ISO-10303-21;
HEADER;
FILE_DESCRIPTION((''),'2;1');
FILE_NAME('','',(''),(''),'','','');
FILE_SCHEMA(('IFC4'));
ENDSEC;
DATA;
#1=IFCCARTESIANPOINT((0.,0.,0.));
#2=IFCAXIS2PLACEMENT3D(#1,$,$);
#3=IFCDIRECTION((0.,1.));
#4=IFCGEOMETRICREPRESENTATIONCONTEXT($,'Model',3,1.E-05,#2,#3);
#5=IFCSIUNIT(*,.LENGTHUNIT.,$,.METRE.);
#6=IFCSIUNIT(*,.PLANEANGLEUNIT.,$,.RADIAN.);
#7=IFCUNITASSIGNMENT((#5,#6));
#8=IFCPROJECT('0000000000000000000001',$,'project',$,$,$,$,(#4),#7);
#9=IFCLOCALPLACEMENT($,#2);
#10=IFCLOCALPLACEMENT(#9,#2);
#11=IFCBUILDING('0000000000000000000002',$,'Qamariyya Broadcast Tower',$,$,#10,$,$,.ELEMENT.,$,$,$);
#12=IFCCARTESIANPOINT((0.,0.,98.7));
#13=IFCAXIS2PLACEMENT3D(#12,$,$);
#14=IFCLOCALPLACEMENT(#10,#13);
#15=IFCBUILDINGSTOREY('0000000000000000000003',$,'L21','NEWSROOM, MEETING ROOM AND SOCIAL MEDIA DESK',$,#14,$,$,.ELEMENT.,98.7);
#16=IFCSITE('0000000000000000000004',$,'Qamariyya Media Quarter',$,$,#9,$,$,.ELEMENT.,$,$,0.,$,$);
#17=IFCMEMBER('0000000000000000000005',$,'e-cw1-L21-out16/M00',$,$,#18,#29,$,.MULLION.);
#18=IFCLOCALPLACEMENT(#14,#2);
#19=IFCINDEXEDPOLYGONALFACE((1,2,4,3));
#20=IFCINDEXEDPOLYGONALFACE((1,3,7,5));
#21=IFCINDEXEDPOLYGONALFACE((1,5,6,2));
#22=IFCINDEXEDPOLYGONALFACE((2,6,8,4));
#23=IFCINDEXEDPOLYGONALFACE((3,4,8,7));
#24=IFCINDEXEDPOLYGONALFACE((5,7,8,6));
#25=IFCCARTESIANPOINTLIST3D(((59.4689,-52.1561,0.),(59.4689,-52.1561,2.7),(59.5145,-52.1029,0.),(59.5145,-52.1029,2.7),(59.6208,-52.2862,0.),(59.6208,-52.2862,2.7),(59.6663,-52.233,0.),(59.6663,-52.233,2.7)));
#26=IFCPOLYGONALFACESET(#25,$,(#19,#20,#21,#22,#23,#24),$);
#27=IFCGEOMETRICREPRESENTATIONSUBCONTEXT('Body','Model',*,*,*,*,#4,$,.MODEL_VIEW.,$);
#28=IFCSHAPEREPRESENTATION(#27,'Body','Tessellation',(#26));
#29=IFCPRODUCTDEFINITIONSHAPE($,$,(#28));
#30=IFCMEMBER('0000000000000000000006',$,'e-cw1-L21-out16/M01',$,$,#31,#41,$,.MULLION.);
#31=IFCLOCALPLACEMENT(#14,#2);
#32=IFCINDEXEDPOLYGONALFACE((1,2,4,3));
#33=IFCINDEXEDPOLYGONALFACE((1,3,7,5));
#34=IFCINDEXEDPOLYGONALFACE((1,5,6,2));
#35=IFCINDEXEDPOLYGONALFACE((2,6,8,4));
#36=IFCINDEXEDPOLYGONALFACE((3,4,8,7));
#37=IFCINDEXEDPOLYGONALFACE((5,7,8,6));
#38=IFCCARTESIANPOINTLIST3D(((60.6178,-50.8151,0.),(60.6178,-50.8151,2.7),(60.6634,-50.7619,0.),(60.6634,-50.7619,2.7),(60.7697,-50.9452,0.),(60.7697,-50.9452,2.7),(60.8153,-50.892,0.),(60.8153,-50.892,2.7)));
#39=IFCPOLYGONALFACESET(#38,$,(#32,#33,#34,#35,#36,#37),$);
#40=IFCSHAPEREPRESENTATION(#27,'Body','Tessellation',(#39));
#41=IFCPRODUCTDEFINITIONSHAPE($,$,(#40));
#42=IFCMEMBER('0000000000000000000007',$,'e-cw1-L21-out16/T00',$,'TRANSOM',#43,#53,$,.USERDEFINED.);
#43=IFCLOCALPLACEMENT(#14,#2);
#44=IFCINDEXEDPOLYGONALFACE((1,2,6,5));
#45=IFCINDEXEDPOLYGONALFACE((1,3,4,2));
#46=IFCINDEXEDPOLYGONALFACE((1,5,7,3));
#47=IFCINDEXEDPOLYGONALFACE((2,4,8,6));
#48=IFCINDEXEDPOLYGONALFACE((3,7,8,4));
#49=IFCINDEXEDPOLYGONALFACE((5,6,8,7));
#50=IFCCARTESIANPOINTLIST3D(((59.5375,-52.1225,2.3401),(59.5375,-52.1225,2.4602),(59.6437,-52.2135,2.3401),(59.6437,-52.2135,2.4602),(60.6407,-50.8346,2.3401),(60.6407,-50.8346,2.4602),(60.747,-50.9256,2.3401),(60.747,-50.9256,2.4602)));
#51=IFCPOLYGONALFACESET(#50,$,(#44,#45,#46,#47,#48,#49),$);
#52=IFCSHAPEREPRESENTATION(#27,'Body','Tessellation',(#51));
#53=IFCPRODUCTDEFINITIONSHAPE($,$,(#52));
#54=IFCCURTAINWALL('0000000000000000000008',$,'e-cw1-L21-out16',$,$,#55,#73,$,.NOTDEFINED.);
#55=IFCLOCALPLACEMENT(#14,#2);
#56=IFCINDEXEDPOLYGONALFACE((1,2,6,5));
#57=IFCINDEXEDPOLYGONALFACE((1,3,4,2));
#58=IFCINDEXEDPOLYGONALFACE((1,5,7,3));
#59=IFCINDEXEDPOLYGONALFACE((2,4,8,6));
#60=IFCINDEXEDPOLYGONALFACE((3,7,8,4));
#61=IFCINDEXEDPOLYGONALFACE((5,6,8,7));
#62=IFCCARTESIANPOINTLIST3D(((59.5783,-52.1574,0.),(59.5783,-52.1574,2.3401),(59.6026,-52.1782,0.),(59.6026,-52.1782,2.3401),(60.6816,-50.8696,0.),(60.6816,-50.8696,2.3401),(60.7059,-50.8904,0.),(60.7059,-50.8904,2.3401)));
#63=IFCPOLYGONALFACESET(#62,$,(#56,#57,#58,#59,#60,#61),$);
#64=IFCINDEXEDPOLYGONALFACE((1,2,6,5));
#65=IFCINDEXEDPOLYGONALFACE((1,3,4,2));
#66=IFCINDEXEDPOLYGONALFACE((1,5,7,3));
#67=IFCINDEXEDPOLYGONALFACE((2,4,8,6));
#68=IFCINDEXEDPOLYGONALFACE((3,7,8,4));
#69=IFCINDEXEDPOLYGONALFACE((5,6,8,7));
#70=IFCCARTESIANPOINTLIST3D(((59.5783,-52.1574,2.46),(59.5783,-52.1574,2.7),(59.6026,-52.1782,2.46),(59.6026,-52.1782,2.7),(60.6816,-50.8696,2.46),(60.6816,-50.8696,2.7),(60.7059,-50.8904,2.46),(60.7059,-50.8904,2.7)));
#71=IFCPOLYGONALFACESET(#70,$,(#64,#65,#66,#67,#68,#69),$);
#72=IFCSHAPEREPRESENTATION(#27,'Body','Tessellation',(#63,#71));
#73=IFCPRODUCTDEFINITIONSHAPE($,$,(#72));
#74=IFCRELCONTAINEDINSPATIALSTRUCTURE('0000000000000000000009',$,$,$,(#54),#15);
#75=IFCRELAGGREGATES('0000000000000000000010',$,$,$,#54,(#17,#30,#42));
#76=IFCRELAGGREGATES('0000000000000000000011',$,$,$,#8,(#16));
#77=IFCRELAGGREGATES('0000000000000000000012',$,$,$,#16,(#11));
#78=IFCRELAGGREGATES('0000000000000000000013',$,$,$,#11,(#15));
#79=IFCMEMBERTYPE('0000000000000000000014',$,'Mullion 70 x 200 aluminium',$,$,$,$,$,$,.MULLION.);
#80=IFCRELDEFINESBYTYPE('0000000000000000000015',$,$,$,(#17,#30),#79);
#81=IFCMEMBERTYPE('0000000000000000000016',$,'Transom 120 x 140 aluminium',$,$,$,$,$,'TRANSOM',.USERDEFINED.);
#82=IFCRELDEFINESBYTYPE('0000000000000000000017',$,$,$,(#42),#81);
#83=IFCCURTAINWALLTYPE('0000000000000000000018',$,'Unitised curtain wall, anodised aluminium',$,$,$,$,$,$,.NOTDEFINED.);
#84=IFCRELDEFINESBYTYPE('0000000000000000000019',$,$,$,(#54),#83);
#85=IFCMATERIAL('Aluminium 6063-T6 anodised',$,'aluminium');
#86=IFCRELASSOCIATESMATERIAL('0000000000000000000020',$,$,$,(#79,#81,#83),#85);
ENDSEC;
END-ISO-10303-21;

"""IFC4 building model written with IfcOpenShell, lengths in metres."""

from ifc_helpers import new_model, si_unit, direction, frame, origin, origin_2d, place, context, subcontext, project, spatial, rectangle, extrude, material, material_profile, profile_set, type_object, element, aggregate, save


model = new_model("IFC4")

# Units and contexts
model_context = context("Model", 3, precision=1e-05, world=origin(), true_north=direction((0.0, 1.0)))
body_context = subcontext(model_context, "Body", "Model", "MODEL_VIEW")
ifc_project = project(units=[si_unit("LENGTHUNIT", "METRE"), si_unit("PLANEANGLEUNIT", "RADIAN")], contexts=[model_context])

# Members
ifc_material = material(Name="Aluminium 6063-T6 anodised", Category="aluminium")
ifc_material_profile_1 = material_profile(ifc_material, rectangle(XDim=0.2, YDim=0.0701, at=origin_2d()))
ifc_profile_set_1 = profile_set([ifc_material_profile_1], Name="Aluminium 6063-T6 anodised")
member_type_1 = type_object("IfcMemberType", Name="Mullion 70 x 200 aluminium", PredefinedType="MULLION", material=ifc_profile_set_1)
site_placement = place(None, origin())
building_placement = place(site_placement, origin())
storey_placement = place(building_placement, frame((0.0, 0.0, 98.7)))
member_1_placement = place(storey_placement, frame((59.5676, -52.1946, 0.0), z_axis=(0.0, 0.0, 1.0), x_axis=(-0.759421, 0.650599, 0.0)))
member_1 = element("IfcMember", 1, at=member_1_placement, type_object=member_type_1, Name="e-cw1-L21-out16/M00", PredefinedType="MULLION", context=body_context, shape_type="SweptSolid", body=[
    extrude(rectangle(XDim=0.2, YDim=0.0701, at=origin_2d()), origin(), (0.0, 0.0, 1.0), 2.7),
])
member_2_placement = place(storey_placement, frame((60.7166, -50.8535, 0.0), z_axis=(0.0, 0.0, 1.0), x_axis=(-0.759421, 0.650599, 0.0)))
member_2 = element("IfcMember", 2, at=member_2_placement, type_object=member_type_1, Name="e-cw1-L21-out16/M01", PredefinedType="MULLION", context=body_context, shape_type="SweptSolid", body=[
    extrude(rectangle(XDim=0.2, YDim=0.0701, at=origin_2d()), origin(), (0.0, 0.0, 1.0), 2.7),
])
ifc_material_profile_2 = material_profile(ifc_material, rectangle(XDim=0.1399, YDim=0.1201, at=origin_2d()))
ifc_profile_set_2 = profile_set([ifc_material_profile_2], Name="Aluminium 6063-T6 anodised")
member_type_2 = type_object("IfcMemberType", Name="Transom 120 x 140 aluminium", ElementType="TRANSOM", PredefinedType="USERDEFINED", material=ifc_profile_set_2)
member_3_placement = place(storey_placement, frame((59.5906, -52.168, 2.4001), z_axis=(0.65059, 0.759429, 0.0), x_axis=(-0.759429, 0.65059, 0.0)))
member_3 = element("IfcMember", 3, at=member_3_placement, type_object=member_type_2, Name="e-cw1-L21-out16/T00", ObjectType="TRANSOM", PredefinedType="USERDEFINED", context=body_context, shape_type="SweptSolid", body=[
    extrude(rectangle(XDim=0.1399, YDim=0.1201, at=origin_2d()), origin(), (0.0, 0.0, 1.0), 1.6958),
])

# Site, building, storey
site = spatial("IfcSite", under=ifc_project, at=site_placement, Name="Qamariyya Media Quarter", CompositionType="ELEMENT", RefElevation=0.0)
building = spatial("IfcBuilding", under=site, at=building_placement, Name="Qamariyya Broadcast Tower", CompositionType="ELEMENT")
storey = spatial("IfcBuildingStorey", under=building, at=storey_placement, Name="L21", Description="NEWSROOM, MEETING ROOM AND SOCIAL MEDIA DESK", CompositionType="ELEMENT", Elevation=98.7)

# Curtain wall
curtain_wall_type = type_object("IfcCurtainWallType", Name="Unitised curtain wall, anodised aluminium", PredefinedType="NOTDEFINED", material=ifc_material)
curtain_wall_1_placement = place(storey_placement, origin())
curtain_wall_1 = element("IfcCurtainWall", 4, at=curtain_wall_1_placement, inside=storey, type_object=curtain_wall_type, Name="e-cw1-L21-out16", PredefinedType="NOTDEFINED", context=body_context, shape_type="SweptSolid", body=[
    extrude(rectangle(XDim=1.6958, YDim=0.032, at=origin_2d()), frame((60.1421, -51.5239, 0.0), x_axis=(0.650616, 0.759407, 0.0)), (0.0, 0.0, 1.0), 2.3401),
    extrude(rectangle(XDim=1.6958, YDim=0.032, at=origin_2d()), frame((60.1421, -51.5239, 2.46), x_axis=(0.650616, 0.759407, 0.0)), (0.0, 0.0, 1.0), 0.24),
])
aggregate(curtain_wall_1, [member_1, member_2, member_3])

save(model, "model.ifc")
